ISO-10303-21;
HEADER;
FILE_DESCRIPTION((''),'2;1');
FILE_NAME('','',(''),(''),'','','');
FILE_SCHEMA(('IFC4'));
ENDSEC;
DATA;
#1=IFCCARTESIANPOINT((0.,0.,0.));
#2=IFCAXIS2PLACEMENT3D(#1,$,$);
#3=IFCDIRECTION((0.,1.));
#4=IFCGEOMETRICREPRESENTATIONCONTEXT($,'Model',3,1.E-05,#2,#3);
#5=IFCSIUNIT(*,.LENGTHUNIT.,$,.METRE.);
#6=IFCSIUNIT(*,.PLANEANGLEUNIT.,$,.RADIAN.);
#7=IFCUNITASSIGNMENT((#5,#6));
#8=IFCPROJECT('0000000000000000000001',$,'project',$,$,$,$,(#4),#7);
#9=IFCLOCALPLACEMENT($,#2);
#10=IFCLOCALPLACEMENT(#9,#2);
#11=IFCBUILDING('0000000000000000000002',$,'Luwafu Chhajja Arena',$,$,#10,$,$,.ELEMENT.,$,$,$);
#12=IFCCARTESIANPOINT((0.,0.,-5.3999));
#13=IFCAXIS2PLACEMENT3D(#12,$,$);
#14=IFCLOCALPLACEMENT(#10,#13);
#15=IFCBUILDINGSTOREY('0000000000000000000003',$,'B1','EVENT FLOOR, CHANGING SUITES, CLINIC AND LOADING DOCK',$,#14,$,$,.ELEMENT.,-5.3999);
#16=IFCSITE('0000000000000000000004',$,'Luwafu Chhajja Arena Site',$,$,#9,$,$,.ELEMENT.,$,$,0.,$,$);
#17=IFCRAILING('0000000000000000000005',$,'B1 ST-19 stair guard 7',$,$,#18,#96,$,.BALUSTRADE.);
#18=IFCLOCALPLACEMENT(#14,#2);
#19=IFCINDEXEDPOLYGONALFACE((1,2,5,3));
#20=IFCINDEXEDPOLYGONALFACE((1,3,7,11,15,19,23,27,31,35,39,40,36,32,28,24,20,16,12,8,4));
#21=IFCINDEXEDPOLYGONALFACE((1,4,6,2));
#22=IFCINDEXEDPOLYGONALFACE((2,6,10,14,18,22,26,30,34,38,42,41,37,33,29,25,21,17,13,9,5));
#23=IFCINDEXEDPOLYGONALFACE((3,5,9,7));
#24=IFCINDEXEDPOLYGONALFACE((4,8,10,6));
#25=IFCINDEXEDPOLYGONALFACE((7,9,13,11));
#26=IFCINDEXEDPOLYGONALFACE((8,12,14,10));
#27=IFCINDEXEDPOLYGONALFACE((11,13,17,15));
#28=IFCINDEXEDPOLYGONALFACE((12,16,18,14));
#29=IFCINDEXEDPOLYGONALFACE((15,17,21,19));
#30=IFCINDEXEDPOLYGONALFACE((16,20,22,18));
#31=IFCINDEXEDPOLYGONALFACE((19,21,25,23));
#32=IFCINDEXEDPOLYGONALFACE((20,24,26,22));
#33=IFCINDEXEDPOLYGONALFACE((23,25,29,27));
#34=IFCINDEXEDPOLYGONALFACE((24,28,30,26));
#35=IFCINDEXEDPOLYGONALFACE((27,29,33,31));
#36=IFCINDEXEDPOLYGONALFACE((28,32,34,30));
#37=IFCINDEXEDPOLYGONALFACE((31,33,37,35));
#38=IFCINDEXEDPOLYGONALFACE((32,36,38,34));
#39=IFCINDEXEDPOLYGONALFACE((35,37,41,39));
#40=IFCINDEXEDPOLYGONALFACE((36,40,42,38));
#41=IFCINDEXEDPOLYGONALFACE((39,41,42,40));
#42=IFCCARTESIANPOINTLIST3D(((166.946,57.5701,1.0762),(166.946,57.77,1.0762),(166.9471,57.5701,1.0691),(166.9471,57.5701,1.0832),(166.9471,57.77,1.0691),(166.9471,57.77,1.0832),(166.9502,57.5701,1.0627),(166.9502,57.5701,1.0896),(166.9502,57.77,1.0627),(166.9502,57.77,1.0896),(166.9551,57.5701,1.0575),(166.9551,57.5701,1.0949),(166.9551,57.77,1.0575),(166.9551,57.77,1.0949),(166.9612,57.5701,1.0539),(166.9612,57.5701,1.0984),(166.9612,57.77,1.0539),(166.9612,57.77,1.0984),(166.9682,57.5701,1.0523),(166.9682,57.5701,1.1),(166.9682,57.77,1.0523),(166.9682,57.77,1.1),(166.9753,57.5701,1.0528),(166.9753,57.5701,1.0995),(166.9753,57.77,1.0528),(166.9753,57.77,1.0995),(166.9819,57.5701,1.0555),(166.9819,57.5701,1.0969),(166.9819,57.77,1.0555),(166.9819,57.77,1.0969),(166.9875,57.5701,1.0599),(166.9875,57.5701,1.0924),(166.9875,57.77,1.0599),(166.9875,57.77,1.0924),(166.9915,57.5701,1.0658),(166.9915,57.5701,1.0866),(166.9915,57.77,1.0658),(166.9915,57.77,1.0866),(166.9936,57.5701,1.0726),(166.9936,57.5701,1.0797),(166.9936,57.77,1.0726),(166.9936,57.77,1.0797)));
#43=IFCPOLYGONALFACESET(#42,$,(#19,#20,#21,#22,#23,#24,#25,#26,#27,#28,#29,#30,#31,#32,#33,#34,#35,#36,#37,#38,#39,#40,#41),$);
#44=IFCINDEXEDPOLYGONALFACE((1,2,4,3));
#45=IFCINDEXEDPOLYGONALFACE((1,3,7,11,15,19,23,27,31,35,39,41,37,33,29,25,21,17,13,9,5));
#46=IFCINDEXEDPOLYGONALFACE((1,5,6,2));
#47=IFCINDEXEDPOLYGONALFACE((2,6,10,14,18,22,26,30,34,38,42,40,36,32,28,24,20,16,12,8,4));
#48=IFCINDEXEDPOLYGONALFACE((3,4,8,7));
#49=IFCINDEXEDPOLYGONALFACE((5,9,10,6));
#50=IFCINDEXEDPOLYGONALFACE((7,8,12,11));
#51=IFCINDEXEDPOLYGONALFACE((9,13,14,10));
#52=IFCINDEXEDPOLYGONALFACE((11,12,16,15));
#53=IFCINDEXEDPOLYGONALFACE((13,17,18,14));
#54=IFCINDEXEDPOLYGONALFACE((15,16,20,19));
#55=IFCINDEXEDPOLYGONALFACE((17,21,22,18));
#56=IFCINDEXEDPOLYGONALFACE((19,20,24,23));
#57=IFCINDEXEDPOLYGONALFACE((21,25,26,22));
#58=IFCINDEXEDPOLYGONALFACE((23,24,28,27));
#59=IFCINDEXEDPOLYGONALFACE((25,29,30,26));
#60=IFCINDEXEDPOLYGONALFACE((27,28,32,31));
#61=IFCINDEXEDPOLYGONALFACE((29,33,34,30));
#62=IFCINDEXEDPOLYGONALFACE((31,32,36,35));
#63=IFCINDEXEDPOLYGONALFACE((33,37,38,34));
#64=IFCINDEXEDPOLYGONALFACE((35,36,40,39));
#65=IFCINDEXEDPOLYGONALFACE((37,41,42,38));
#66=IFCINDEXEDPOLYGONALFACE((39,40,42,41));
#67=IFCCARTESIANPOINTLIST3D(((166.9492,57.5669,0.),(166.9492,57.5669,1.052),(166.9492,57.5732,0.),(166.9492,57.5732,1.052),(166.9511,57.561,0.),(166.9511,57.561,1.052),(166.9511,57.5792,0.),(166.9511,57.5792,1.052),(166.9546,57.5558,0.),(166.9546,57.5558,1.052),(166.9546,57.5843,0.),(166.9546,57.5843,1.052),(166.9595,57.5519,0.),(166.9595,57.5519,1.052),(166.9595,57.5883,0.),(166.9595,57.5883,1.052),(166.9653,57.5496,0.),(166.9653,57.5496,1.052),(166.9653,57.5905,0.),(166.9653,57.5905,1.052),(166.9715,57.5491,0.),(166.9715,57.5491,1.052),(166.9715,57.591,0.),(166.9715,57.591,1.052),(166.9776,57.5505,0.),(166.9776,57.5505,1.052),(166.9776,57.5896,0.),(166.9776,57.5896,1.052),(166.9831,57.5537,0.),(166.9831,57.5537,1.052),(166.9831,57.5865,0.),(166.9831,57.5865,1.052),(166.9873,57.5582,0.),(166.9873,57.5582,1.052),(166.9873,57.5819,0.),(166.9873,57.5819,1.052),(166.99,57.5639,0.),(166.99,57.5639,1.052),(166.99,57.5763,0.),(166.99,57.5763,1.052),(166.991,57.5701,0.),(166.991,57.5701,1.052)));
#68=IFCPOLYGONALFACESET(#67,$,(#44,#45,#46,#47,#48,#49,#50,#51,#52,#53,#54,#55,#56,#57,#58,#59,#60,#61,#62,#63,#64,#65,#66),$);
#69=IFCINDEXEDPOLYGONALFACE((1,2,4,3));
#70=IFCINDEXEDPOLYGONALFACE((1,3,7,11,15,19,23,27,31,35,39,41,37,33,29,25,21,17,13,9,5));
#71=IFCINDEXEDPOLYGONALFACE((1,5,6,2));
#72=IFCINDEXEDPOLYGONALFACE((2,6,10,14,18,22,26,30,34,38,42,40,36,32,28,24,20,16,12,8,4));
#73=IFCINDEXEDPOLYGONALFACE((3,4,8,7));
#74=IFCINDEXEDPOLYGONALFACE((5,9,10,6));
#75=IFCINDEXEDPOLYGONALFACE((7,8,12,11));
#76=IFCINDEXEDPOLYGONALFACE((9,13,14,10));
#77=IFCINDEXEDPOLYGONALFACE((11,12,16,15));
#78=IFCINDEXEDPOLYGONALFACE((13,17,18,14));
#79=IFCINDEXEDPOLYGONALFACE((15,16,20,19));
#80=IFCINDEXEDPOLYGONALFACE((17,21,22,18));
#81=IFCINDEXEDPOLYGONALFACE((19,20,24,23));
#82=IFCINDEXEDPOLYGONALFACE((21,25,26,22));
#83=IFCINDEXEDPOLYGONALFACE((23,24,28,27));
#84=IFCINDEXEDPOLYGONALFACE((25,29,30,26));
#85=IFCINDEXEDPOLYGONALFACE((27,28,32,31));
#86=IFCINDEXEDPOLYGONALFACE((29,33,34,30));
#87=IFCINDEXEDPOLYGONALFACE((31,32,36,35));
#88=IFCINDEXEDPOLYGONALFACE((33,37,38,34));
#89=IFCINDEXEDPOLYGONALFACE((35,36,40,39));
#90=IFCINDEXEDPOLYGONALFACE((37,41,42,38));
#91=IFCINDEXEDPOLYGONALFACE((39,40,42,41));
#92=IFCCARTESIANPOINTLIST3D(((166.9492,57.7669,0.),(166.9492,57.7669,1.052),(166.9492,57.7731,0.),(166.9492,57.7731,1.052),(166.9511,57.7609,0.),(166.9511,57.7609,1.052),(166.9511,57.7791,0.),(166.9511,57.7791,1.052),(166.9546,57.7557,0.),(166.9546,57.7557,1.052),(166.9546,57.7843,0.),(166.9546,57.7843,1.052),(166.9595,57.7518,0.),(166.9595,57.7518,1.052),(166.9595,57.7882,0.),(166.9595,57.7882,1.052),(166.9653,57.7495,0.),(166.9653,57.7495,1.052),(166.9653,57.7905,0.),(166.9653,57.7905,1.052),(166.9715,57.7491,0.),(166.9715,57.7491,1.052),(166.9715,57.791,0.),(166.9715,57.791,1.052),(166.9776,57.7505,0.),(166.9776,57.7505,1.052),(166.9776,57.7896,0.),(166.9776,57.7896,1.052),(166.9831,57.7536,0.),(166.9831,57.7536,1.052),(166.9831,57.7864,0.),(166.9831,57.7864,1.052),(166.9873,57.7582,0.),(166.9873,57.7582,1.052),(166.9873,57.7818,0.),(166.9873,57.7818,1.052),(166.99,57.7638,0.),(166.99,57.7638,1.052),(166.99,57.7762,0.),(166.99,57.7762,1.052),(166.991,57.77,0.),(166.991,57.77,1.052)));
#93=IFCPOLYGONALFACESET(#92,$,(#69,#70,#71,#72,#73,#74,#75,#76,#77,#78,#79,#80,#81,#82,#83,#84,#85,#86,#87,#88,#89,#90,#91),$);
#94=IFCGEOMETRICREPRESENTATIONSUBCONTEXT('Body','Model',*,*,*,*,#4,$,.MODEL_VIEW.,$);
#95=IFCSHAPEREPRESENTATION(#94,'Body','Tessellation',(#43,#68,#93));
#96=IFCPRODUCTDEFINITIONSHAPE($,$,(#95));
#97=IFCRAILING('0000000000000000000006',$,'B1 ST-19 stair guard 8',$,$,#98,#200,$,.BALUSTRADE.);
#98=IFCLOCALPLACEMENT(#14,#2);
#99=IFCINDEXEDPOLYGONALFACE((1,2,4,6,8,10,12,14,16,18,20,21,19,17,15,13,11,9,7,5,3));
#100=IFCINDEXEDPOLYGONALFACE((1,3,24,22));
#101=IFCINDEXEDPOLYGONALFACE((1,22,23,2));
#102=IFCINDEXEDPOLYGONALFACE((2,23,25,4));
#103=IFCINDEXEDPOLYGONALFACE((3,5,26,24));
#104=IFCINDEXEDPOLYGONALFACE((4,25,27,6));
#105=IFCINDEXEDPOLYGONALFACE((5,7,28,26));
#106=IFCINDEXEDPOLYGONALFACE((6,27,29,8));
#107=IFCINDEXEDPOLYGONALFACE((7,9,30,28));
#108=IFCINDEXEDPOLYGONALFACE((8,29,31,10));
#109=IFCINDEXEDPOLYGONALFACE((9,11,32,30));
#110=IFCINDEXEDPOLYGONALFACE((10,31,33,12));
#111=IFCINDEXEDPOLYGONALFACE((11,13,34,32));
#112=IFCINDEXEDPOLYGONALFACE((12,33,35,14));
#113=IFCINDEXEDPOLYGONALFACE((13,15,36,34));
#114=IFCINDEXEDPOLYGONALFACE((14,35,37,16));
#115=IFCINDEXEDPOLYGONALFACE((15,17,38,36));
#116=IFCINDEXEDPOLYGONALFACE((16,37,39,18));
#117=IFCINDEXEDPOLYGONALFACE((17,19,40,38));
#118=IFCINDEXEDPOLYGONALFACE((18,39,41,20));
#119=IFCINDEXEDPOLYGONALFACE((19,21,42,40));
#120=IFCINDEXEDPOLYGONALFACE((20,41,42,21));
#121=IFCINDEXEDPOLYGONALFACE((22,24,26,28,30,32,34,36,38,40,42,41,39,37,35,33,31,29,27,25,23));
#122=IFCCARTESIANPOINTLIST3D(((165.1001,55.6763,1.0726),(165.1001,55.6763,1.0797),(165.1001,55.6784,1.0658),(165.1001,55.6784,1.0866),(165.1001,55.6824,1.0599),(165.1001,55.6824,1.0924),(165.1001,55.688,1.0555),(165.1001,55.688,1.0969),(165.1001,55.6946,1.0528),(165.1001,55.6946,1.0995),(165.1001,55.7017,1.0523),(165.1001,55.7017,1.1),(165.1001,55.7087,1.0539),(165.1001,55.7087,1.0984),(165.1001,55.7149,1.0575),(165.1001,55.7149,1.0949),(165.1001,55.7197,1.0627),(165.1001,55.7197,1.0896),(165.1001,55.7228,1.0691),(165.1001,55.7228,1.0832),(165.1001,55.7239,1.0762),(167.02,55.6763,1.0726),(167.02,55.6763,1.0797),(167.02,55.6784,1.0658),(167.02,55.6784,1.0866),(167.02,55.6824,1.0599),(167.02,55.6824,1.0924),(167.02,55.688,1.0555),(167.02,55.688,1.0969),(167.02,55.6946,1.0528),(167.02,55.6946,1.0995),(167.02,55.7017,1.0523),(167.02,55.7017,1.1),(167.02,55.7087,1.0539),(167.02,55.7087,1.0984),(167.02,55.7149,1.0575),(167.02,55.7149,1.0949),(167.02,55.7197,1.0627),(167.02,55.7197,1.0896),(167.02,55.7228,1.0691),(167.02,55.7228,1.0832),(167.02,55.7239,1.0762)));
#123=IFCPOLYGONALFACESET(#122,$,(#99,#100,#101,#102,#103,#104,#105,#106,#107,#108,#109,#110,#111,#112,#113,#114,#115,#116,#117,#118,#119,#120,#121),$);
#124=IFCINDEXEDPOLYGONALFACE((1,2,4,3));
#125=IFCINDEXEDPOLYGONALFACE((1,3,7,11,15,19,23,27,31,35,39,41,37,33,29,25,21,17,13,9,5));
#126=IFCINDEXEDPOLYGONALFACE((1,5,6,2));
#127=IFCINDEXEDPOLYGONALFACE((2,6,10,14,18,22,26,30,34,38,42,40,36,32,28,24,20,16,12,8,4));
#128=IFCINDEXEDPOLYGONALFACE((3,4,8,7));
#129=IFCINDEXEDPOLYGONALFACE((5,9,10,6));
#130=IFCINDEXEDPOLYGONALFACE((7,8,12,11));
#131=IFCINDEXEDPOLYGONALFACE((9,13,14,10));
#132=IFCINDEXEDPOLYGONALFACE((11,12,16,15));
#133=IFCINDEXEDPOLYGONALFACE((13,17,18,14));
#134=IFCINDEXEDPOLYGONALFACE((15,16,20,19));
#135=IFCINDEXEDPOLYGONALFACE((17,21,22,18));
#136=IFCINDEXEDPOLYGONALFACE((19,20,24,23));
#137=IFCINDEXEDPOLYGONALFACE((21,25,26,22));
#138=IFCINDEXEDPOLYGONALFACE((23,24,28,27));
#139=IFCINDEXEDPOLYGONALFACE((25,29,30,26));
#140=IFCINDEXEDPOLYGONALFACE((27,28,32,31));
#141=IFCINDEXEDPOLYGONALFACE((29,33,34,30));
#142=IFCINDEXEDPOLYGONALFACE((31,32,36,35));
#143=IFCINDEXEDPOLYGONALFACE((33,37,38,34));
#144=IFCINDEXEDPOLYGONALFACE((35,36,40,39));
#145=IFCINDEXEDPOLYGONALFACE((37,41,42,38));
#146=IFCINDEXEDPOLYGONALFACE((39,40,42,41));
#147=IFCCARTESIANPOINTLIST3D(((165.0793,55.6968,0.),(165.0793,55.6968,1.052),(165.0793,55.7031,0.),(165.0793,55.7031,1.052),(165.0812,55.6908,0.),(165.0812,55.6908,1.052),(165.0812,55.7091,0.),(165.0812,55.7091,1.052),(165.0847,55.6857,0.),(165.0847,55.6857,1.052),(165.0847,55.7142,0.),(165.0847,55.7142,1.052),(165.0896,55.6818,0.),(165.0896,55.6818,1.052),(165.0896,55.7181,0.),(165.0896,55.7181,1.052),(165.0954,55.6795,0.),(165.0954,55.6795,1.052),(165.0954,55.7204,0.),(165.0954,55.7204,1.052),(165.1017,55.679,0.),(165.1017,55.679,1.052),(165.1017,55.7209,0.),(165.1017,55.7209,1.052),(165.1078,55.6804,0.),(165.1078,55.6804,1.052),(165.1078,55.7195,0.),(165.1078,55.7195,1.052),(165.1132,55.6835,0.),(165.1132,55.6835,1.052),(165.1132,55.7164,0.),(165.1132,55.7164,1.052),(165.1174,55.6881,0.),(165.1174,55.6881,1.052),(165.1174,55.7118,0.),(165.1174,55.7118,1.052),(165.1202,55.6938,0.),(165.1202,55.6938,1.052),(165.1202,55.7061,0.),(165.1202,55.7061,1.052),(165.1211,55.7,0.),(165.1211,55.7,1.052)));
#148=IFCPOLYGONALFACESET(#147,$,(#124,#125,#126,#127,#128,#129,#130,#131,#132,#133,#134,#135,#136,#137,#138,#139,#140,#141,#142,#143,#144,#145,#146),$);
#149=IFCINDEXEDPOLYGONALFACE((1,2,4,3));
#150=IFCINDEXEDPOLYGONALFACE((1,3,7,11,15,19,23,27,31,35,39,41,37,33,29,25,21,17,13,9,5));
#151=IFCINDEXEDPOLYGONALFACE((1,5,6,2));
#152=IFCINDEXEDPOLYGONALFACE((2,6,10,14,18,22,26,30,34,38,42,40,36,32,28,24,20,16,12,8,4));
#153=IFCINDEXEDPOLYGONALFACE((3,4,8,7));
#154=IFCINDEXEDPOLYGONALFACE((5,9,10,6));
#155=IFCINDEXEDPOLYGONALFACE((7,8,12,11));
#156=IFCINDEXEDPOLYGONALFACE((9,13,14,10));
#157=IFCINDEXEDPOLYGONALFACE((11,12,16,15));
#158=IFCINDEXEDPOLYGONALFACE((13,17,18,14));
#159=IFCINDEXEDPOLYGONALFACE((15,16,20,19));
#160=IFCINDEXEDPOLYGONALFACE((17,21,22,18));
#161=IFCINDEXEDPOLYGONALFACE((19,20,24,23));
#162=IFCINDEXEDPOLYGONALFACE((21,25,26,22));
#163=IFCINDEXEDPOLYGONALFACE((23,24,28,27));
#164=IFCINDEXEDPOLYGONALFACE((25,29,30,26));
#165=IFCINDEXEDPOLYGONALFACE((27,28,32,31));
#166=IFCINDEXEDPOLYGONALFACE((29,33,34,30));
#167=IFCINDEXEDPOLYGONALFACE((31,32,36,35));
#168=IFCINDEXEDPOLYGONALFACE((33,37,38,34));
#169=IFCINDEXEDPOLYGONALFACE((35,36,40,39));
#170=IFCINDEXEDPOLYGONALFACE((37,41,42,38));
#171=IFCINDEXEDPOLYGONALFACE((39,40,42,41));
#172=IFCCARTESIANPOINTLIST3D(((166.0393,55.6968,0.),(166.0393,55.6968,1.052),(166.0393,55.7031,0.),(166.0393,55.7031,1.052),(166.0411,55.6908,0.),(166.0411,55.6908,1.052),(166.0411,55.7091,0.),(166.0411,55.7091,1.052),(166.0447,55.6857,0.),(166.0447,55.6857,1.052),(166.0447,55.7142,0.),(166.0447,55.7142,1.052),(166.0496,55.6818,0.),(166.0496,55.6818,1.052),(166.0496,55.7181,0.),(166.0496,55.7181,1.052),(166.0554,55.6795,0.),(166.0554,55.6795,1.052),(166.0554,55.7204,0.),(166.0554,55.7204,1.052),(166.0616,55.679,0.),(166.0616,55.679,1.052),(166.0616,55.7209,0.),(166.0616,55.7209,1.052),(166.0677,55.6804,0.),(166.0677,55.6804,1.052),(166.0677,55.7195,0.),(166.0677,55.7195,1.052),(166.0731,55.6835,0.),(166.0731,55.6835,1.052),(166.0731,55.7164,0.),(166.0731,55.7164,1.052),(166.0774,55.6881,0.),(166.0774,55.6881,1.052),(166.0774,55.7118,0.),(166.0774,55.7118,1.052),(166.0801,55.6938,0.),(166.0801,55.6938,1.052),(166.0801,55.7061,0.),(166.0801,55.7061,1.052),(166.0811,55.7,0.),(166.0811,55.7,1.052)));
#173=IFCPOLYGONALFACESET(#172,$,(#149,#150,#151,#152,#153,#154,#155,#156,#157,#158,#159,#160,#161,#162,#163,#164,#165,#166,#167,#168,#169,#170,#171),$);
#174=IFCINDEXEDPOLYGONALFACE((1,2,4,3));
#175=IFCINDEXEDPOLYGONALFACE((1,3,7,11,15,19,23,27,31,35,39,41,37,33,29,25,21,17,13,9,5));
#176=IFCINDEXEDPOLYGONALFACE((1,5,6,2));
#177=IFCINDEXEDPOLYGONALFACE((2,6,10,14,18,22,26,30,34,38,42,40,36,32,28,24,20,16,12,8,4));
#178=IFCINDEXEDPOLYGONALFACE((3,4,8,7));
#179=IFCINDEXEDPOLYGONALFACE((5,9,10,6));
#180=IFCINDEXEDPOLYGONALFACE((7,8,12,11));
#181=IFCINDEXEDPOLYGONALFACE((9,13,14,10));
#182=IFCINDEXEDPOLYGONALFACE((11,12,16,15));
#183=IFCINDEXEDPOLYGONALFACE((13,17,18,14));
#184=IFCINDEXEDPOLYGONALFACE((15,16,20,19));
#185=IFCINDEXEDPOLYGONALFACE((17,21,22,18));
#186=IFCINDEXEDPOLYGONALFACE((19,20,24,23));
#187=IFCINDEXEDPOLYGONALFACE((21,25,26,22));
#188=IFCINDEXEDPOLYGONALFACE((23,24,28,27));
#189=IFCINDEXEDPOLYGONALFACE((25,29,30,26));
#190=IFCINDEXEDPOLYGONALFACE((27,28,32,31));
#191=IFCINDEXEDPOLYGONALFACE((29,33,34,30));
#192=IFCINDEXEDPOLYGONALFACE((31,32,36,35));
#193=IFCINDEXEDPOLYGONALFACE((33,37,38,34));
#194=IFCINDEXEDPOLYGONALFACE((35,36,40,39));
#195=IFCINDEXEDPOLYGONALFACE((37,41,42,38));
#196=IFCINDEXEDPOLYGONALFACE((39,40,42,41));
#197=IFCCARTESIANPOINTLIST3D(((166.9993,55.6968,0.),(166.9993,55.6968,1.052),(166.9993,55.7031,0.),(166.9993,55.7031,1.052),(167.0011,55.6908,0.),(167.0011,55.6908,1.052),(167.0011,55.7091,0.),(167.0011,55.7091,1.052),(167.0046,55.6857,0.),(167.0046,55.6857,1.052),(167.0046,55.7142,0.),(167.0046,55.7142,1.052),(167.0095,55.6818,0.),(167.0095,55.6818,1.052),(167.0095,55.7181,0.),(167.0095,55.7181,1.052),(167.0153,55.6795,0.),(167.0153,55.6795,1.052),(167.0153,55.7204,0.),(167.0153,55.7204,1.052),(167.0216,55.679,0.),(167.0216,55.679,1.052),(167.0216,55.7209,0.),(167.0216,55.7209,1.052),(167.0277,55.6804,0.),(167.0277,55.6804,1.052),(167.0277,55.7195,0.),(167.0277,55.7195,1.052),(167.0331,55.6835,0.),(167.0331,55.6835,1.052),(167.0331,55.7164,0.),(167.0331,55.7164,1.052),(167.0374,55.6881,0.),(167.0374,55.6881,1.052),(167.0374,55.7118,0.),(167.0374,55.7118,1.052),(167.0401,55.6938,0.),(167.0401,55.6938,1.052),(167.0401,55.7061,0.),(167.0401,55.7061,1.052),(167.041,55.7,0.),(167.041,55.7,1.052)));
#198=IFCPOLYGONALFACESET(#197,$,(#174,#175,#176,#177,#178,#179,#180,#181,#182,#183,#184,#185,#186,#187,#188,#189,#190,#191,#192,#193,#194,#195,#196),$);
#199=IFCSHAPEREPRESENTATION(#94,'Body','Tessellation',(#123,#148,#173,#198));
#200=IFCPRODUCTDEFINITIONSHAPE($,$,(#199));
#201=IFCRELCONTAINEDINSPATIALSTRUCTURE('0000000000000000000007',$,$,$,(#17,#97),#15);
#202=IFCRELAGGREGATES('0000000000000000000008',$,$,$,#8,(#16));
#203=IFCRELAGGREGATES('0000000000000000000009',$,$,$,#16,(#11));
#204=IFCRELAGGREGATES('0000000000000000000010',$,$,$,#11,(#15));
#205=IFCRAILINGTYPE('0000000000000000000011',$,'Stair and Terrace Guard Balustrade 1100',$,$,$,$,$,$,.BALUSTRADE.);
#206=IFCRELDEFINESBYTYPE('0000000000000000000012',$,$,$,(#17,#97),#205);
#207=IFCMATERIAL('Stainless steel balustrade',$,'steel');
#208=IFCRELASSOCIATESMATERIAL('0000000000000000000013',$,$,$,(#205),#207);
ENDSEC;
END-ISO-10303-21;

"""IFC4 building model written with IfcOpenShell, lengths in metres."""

from ifc_helpers import new_model, si_unit, direction, frame, origin, origin_2d, place, context, subcontext, project, spatial, circle, extrude, material, type_object, element, save


model = new_model("IFC4")

# Units and contexts
model_context = context("Model", 3, precision=1e-05, world=origin(), true_north=direction((0.0, 1.0)))
body_context = subcontext(model_context, "Body", "Model", "MODEL_VIEW")
ifc_project = project(units=[si_unit("LENGTHUNIT", "METRE"), si_unit("PLANEANGLEUNIT", "RADIAN")], contexts=[model_context])

# Site, building, storey
site_placement = place(None, origin())
site = spatial("IfcSite", under=ifc_project, at=site_placement, Name="Luwafu Chhajja Arena Site", CompositionType="ELEMENT", RefElevation=0.0)
building_placement = place(site_placement, origin())
building = spatial("IfcBuilding", under=site, at=building_placement, Name="Luwafu Chhajja Arena", CompositionType="ELEMENT")
storey_placement = place(building_placement, frame((0.0, 0.0, -5.3999)))
storey = spatial("IfcBuildingStorey", under=building, at=storey_placement, Name="B1", Description="EVENT FLOOR, CHANGING SUITES, CLINIC AND LOADING DOCK", CompositionType="ELEMENT", Elevation=-5.3999)

# Railings
ifc_material_1 = material(Name="Stainless steel balustrade", Category="steel")
railing_type_1 = type_object("IfcRailingType", Name="Stair and Terrace Guard Balustrade 1100", PredefinedType="BALUSTRADE", material=ifc_material_1)
railing_1_placement = place(storey_placement, frame((166.97, 57.5701, 0.0)))
element("IfcRailing", 1, at=railing_1_placement, inside=storey, type_object=railing_type_1, Name="B1 ST-19 stair guard 7", PredefinedType="BALUSTRADE", context=body_context, shape_type="SweptSolid", body=[
    extrude(circle(Radius=0.0239, at=origin_2d()), frame((0.0, 0.0, 1.0762), z_axis=(0.0, 1.0, 0.0), x_axis=(-1.0, 0.0, 0.0)), (0.0, 0.0, 1.0), 0.2),
    extrude(circle(Radius=0.021, at=origin_2d()), origin(), (0.0, 0.0, 1.0), 1.052),
    extrude(circle(Radius=0.021, at=origin_2d()), frame((0.0, 0.2, 0.0)), (0.0, 0.0, 1.0), 1.052),
])
for number, where, name in (
    (2, (165.1001, 55.7, 0.0), "B1 ST-19 stair guard 8"),
):
    element("IfcRailing", number, at=place(storey_placement, frame(where)), inside=storey, type_object=railing_type_1, Name=name, PredefinedType="BALUSTRADE", context=body_context, shape_type="SweptSolid", body=[
        extrude(circle(Radius=0.0239, at=origin_2d()), frame((0.0, 0.0, 1.0762), z_axis=(1.0, 0.0, 0.0), x_axis=(0.0, 1.0, 0.0)), (0.0, 0.0, 1.0), 1.9199),
        extrude(circle(Radius=0.021, at=origin_2d()), origin(), (0.0, 0.0, 1.0), 1.052),
        extrude(circle(Radius=0.021, at=origin_2d()), frame((0.96, 0.0, 0.0)), (0.0, 0.0, 1.0), 1.052),
        extrude(circle(Radius=0.021, at=origin_2d()), frame((1.9199, 0.0, 0.0)), (0.0, 0.0, 1.0), 1.052),
    ])

save(model, "model.ifc")
